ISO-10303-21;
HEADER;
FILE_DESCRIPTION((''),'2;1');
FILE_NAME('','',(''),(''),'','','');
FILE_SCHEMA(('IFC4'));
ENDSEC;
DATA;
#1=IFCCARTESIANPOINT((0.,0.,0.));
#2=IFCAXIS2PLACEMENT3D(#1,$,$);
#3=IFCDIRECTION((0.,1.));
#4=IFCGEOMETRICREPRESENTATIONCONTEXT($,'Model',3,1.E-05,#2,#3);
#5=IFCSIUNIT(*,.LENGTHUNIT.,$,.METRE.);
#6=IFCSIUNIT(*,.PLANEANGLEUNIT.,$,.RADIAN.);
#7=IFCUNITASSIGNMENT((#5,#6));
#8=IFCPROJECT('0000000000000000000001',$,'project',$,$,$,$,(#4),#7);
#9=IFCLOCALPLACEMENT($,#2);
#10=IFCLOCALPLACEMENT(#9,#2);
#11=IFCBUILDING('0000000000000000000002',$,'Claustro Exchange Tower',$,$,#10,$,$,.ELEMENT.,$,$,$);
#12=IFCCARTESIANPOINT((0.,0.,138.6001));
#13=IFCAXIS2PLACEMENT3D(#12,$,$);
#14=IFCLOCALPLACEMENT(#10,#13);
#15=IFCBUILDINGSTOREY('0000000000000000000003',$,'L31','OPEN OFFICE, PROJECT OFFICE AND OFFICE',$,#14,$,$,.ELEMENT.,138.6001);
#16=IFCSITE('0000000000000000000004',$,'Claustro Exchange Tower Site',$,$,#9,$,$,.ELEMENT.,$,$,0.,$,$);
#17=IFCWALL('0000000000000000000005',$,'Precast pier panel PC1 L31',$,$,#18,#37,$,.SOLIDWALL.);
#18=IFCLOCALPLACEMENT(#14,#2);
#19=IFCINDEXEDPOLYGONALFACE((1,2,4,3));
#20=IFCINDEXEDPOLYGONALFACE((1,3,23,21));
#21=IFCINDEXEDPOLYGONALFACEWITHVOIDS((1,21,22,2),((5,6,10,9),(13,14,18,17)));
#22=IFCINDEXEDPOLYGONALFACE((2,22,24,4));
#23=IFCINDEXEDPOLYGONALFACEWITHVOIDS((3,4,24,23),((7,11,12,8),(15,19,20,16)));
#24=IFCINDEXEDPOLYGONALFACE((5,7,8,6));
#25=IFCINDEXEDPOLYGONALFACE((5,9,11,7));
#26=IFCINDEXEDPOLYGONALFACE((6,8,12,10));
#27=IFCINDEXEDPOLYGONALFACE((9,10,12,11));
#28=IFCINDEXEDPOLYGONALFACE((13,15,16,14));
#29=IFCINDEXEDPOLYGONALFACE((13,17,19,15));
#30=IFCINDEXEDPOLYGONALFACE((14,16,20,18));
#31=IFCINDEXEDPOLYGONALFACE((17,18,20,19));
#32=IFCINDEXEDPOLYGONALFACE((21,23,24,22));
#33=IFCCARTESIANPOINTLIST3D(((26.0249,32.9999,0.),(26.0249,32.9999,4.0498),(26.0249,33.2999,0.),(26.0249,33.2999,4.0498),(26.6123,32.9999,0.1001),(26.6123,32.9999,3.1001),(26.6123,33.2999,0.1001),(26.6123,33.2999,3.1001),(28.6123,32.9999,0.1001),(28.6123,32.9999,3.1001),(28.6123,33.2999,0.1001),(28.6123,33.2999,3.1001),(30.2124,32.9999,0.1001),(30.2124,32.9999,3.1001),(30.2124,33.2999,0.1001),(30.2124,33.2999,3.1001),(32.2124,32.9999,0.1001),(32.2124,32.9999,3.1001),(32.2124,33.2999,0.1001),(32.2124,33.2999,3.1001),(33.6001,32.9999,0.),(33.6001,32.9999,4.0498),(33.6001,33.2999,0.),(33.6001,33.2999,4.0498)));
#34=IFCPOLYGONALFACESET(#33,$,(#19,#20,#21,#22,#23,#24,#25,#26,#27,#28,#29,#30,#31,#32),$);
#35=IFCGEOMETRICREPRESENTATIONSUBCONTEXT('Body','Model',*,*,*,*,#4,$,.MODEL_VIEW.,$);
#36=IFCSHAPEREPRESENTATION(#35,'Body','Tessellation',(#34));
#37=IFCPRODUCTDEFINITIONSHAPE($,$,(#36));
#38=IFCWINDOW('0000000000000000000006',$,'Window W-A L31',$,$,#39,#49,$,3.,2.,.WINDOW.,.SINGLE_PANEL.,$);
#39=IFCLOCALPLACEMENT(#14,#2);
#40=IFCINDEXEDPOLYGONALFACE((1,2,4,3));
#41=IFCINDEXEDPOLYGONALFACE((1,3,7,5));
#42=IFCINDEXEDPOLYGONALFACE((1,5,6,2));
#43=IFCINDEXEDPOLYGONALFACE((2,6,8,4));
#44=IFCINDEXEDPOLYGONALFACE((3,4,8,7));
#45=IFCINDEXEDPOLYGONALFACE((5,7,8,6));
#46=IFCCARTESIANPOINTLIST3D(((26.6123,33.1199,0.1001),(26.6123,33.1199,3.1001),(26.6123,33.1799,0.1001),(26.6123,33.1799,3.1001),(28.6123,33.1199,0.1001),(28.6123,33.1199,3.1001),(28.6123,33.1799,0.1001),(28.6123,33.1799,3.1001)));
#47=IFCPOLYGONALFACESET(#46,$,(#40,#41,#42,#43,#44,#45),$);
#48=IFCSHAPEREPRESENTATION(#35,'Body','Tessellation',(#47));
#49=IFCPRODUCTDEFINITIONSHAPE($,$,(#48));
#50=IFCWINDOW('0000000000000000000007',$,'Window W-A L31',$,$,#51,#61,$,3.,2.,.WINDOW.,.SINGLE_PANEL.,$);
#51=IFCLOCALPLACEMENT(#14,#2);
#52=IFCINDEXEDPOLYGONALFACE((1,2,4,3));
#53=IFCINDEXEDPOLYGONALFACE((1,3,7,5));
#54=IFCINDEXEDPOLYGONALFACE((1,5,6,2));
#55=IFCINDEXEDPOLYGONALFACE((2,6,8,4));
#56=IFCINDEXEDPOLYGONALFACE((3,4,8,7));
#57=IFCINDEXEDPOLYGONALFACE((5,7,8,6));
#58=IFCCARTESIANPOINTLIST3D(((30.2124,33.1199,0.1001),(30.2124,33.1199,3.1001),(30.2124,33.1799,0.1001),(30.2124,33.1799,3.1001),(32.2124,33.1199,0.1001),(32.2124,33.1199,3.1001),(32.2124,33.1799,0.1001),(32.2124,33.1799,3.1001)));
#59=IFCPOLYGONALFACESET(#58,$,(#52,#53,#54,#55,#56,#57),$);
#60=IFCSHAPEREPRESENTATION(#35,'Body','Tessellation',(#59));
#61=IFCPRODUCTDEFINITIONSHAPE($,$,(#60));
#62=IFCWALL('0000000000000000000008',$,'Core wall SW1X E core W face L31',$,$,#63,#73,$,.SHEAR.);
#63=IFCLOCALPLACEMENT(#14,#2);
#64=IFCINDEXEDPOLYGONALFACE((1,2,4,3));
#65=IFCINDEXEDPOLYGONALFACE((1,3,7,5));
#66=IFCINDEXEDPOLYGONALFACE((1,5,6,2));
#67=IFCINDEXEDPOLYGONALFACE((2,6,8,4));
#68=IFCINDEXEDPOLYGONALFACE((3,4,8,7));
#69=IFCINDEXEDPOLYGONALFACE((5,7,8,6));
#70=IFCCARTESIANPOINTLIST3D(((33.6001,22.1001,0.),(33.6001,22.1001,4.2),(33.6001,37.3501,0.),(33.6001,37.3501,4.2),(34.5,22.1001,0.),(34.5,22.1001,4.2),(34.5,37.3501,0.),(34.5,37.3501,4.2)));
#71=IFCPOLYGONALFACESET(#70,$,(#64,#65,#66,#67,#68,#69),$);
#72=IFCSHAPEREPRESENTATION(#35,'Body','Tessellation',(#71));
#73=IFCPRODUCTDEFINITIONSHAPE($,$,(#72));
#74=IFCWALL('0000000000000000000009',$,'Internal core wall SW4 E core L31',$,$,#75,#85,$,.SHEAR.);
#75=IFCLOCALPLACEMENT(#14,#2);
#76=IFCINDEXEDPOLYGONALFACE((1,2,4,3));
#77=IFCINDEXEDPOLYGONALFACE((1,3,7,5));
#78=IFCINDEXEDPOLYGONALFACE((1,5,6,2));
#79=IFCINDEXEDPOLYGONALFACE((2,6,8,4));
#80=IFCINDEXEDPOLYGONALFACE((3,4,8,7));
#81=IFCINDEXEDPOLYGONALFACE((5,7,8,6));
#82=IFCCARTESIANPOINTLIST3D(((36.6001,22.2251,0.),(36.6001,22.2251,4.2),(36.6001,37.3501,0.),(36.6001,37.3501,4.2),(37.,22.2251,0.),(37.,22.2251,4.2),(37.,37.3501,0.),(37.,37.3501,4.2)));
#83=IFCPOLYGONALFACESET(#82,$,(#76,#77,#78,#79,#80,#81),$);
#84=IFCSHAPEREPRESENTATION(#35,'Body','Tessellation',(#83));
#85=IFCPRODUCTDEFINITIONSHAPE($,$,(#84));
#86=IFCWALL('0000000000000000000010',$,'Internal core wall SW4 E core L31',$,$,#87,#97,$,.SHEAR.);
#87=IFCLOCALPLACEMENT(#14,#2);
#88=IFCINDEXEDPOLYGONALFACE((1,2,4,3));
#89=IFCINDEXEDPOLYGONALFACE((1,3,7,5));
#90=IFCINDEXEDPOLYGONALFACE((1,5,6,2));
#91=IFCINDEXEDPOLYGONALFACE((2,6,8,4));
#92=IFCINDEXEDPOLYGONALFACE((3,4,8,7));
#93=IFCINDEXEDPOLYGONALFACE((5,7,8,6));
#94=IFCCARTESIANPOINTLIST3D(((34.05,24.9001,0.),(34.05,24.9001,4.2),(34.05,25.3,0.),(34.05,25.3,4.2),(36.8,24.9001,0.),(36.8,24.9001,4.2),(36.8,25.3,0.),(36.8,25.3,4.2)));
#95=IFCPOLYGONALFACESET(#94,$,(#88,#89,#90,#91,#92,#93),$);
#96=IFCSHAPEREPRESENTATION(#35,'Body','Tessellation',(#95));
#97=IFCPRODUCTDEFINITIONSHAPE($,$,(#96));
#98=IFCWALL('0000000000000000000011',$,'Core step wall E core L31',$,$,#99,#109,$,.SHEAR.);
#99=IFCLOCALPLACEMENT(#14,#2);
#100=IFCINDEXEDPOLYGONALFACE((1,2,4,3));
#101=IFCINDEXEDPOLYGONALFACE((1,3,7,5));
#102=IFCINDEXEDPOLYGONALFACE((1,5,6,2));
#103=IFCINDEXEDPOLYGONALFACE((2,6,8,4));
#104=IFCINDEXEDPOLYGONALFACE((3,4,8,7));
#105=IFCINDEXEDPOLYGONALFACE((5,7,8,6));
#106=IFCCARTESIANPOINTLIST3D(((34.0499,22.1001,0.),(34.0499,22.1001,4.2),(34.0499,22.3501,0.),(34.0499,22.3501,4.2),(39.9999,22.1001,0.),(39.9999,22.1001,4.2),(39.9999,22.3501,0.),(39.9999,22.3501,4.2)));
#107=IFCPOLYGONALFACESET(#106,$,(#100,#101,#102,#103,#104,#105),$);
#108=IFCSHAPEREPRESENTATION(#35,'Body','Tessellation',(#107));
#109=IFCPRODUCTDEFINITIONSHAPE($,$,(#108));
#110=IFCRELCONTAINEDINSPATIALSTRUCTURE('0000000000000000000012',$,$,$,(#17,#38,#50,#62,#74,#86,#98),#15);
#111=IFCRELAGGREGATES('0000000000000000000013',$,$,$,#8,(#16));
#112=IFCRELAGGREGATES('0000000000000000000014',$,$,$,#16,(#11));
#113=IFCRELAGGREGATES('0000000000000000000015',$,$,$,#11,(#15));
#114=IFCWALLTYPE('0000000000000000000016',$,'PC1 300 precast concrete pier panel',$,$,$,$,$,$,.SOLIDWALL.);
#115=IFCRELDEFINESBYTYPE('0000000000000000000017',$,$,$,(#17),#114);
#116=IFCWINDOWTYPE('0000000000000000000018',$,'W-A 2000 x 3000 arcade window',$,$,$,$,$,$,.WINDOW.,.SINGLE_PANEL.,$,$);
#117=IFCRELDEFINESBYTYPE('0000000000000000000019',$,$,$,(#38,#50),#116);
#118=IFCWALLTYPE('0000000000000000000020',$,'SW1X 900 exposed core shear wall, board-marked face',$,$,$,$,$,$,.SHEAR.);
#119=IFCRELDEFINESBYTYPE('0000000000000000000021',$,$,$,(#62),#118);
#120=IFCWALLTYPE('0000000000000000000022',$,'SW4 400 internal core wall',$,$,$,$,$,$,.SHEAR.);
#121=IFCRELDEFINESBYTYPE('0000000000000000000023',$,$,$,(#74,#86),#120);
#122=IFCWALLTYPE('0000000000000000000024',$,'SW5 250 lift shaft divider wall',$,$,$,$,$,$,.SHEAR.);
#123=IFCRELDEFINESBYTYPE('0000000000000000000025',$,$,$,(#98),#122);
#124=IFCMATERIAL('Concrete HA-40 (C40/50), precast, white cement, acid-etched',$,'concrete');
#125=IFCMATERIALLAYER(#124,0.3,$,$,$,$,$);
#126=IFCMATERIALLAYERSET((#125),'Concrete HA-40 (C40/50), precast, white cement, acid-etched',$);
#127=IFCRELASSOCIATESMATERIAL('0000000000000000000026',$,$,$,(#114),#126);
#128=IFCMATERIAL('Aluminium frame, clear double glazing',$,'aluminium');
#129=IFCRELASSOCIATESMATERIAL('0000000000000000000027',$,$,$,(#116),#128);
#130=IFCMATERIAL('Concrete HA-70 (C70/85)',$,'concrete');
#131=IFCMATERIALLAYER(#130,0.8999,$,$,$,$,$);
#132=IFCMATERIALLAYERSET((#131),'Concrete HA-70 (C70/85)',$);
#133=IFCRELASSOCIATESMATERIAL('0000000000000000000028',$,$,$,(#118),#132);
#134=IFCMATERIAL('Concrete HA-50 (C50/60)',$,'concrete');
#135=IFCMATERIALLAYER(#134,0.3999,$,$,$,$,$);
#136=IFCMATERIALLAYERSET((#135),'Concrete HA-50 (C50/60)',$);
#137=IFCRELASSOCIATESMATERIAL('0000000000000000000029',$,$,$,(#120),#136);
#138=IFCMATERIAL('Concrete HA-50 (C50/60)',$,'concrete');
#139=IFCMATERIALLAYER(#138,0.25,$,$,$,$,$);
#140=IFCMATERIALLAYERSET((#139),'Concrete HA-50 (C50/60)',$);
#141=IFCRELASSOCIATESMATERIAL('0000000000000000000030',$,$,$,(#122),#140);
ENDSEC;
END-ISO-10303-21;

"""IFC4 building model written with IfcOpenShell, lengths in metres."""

from ifc_helpers import new_model, si_unit, direction, frame, frame_2d, origin, place, context, subcontext, project, spatial, rectangle, extrude, material, layer, layer_set, type_object, element, fill, save


model = new_model("IFC4")

# Units and contexts
model_context = context("Model", 3, precision=1e-05, world=origin(), true_north=direction((0.0, 1.0)))
body_context = subcontext(model_context, "Body", "Model", "MODEL_VIEW")
ifc_project = project(units=[si_unit("LENGTHUNIT", "METRE"), si_unit("PLANEANGLEUNIT", "RADIAN")], contexts=[model_context])

# Site, building, storey
site_placement = place(None, origin())
site = spatial("IfcSite", under=ifc_project, at=site_placement, Name="Claustro Exchange Tower Site", CompositionType="ELEMENT", RefElevation=0.0)
building_placement = place(site_placement, origin())
building = spatial("IfcBuilding", under=site, at=building_placement, Name="Claustro Exchange Tower", CompositionType="ELEMENT")
storey_placement = place(building_placement, frame((0.0, 0.0, 138.6001)))
storey = spatial("IfcBuildingStorey", under=building, at=storey_placement, Name="L31", Description="OPEN OFFICE, PROJECT OFFICE AND OFFICE", CompositionType="ELEMENT", Elevation=138.6001)

# Wall, openings, windows
ifc_material_1 = material(Name="Concrete HA-40 (C40/50), precast, white cement, acid-etched", Category="concrete")
ifc_layer_1 = layer(ifc_material_1, 0.3)
ifc_layer_set_1 = layer_set([ifc_layer_1], Name="Concrete HA-40 (C40/50), precast, white cement, acid-etched")
wall_type_1 = type_object("IfcWallType", Name="PC1 300 precast concrete pier panel", PredefinedType="SOLIDWALL", material=ifc_layer_set_1)
wall_1_placement = place(storey_placement, frame((26.0249, 33.1499, 0.0), z_axis=(0.0, 0.0, 1.0), x_axis=(1.0, 0.0, 0.0)))
wall_1 = element("IfcWall", 1, at=wall_1_placement, inside=storey, type_object=wall_type_1, Name="Precast pier panel PC1 L31", PredefinedType="SOLIDWALL", context=body_context, shape_type="SweptSolid", body=[
    extrude(rectangle(XDim=7.5752, YDim=0.3, at=frame_2d((3.7876, 0.0))), origin(), (0.0, 0.0, 1.0), 4.0498),
])
opening_1_placement = place(wall_1_placement, frame((0.5874, 0.0, 0.1001)))
opening_1 = element("IfcOpeningElement", 2, at=opening_1_placement, cuts=wall_1, PredefinedType="OPENING", context=body_context, shape_type="SweptSolid", body=[
    extrude(rectangle(XDim=2.0, YDim=3.0, at=frame_2d((1.0, 1.5))), frame((0.0, 0.1599, 0.0), z_axis=(0.0, -1.0, 0.0), x_axis=(1.0, 0.0, 0.0)), (0.0, 0.0, 1.0), 0.3201),
])
opening_2_placement = place(wall_1_placement, frame((4.1875, 0.0, 0.1001)))
opening_2 = element("IfcOpeningElement", 3, at=opening_2_placement, cuts=wall_1, PredefinedType="OPENING", context=body_context, shape_type="SweptSolid", body=[
    extrude(rectangle(XDim=2.0, YDim=3.0, at=frame_2d((1.0, 1.5))), frame((0.0, 0.1599, 0.0), z_axis=(0.0, -1.0, 0.0), x_axis=(1.0, 0.0, 0.0)), (0.0, 0.0, 1.0), 0.3201),
])
ifc_material_2 = material(Name="Aluminium frame, clear double glazing", Category="aluminium")
window_type = type_object("IfcWindowType", Name="W-A 2000 x 3000 arcade window", PartitioningType="SINGLE_PANEL", PredefinedType="WINDOW", material=ifc_material_2)
window_1_placement = place(opening_1_placement, origin())
window_1 = element("IfcWindow", 4, at=window_1_placement, inside=storey, type_object=window_type, Name="Window W-A L31", OverallHeight=3.0, OverallWidth=2.0, PartitioningType="SINGLE_PANEL", PredefinedType="WINDOW", context=body_context, shape_type="SweptSolid", body=[
    extrude(rectangle(XDim=2.0, YDim=3.0, at=frame_2d((1.0, 1.5))), frame((0.0, 0.03, 0.0), z_axis=(0.0, -1.0, 0.0), x_axis=(1.0, 0.0, 0.0)), (0.0, 0.0, 1.0), 0.0601),
])
fill(opening_1, window_1)
window_2_placement = place(opening_2_placement, origin())
window_2 = element("IfcWindow", 5, at=window_2_placement, inside=storey, type_object=window_type, Name="Window W-A L31", OverallHeight=3.0, OverallWidth=2.0, PartitioningType="SINGLE_PANEL", PredefinedType="WINDOW", context=body_context, shape_type="SweptSolid", body=[
    extrude(rectangle(XDim=2.0, YDim=3.0, at=frame_2d((1.0, 1.5))), frame((0.0, 0.03, 0.0), z_axis=(0.0, -1.0, 0.0), x_axis=(1.0, 0.0, 0.0)), (0.0, 0.0, 1.0), 0.0601),
])
fill(opening_2, window_2)

# Walls
ifc_material_3 = material(Name="Concrete HA-70 (C70/85)", Category="concrete")
ifc_layer_2 = layer(ifc_material_3, 0.8999)
ifc_layer_set_2 = layer_set([ifc_layer_2], Name="Concrete HA-70 (C70/85)")
wall_type_2 = type_object("IfcWallType", Name="SW1X 900 exposed core shear wall, board-marked face", PredefinedType="SHEAR", material=ifc_layer_set_2)
wall_2_placement = place(storey_placement, frame((34.05, 22.1001, 0.0), z_axis=(0.0, 0.0, 1.0), x_axis=(0.0, 1.0, 0.0)))
element("IfcWall", 6, at=wall_2_placement, inside=storey, type_object=wall_type_2, Name="Core wall SW1X E core W face L31", PredefinedType="SHEAR", context=body_context, shape_type="SweptSolid", body=[
    extrude(rectangle(XDim=15.25, YDim=0.8999, at=frame_2d((7.625, 0.0))), origin(), (0.0, 0.0, 1.0), 4.2),
])
ifc_material_4 = material(Name="Concrete HA-50 (C50/60)", Category="concrete")
ifc_layer_3 = layer(ifc_material_4, 0.3999)
ifc_layer_set_3 = layer_set([ifc_layer_3], Name="Concrete HA-50 (C50/60)")
wall_type_3 = type_object("IfcWallType", Name="SW4 400 internal core wall", PredefinedType="SHEAR", material=ifc_layer_set_3)
wall_3_placement = place(storey_placement, frame((36.8, 22.2251, 0.0), z_axis=(0.0, 0.0, 1.0), x_axis=(0.0, 1.0, 0.0)))
element("IfcWall", 7, at=wall_3_placement, inside=storey, type_object=wall_type_3, Name="Internal core wall SW4 E core L31", PredefinedType="SHEAR", context=body_context, shape_type="SweptSolid", body=[
    extrude(rectangle(XDim=15.125, YDim=0.3999, at=frame_2d((7.5625, 0.0))), origin(), (0.0, 0.0, 1.0), 4.2),
])
wall_4_placement = place(storey_placement, frame((36.8, 25.1001, 0.0), z_axis=(0.0, 0.0, 1.0), x_axis=(-1.0, 0.0, 0.0)))
element("IfcWall", 8, at=wall_4_placement, inside=storey, type_object=wall_type_3, Name="Internal core wall SW4 E core L31", PredefinedType="SHEAR", context=body_context, shape_type="SweptSolid", body=[
    extrude(rectangle(XDim=2.75, YDim=0.3999, at=frame_2d((1.375, 0.0))), origin(), (0.0, 0.0, 1.0), 4.2),
])
ifc_material_5 = material(Name="Concrete HA-50 (C50/60)", Category="concrete")
ifc_layer_4 = layer(ifc_material_5, 0.25)
ifc_layer_set_4 = layer_set([ifc_layer_4], Name="Concrete HA-50 (C50/60)")
wall_type_4 = type_object("IfcWallType", Name="SW5 250 lift shaft divider wall", PredefinedType="SHEAR", material=ifc_layer_set_4)
wall_5_placement = place(storey_placement, frame((40.0, 22.2251, 0.0), z_axis=(0.0, 0.0, 1.0), x_axis=(-1.0, 0.0, 0.0)))
element("IfcWall", 9, at=wall_5_placement, inside=storey, type_object=wall_type_4, Name="Core step wall E core L31", PredefinedType="SHEAR", context=body_context, shape_type="SweptSolid", body=[
    extrude(rectangle(XDim=5.95, YDim=0.25, at=frame_2d((2.9751, 0.0))), origin(), (0.0, 0.0, 1.0), 4.2),
])

save(model, "model.ifc")
